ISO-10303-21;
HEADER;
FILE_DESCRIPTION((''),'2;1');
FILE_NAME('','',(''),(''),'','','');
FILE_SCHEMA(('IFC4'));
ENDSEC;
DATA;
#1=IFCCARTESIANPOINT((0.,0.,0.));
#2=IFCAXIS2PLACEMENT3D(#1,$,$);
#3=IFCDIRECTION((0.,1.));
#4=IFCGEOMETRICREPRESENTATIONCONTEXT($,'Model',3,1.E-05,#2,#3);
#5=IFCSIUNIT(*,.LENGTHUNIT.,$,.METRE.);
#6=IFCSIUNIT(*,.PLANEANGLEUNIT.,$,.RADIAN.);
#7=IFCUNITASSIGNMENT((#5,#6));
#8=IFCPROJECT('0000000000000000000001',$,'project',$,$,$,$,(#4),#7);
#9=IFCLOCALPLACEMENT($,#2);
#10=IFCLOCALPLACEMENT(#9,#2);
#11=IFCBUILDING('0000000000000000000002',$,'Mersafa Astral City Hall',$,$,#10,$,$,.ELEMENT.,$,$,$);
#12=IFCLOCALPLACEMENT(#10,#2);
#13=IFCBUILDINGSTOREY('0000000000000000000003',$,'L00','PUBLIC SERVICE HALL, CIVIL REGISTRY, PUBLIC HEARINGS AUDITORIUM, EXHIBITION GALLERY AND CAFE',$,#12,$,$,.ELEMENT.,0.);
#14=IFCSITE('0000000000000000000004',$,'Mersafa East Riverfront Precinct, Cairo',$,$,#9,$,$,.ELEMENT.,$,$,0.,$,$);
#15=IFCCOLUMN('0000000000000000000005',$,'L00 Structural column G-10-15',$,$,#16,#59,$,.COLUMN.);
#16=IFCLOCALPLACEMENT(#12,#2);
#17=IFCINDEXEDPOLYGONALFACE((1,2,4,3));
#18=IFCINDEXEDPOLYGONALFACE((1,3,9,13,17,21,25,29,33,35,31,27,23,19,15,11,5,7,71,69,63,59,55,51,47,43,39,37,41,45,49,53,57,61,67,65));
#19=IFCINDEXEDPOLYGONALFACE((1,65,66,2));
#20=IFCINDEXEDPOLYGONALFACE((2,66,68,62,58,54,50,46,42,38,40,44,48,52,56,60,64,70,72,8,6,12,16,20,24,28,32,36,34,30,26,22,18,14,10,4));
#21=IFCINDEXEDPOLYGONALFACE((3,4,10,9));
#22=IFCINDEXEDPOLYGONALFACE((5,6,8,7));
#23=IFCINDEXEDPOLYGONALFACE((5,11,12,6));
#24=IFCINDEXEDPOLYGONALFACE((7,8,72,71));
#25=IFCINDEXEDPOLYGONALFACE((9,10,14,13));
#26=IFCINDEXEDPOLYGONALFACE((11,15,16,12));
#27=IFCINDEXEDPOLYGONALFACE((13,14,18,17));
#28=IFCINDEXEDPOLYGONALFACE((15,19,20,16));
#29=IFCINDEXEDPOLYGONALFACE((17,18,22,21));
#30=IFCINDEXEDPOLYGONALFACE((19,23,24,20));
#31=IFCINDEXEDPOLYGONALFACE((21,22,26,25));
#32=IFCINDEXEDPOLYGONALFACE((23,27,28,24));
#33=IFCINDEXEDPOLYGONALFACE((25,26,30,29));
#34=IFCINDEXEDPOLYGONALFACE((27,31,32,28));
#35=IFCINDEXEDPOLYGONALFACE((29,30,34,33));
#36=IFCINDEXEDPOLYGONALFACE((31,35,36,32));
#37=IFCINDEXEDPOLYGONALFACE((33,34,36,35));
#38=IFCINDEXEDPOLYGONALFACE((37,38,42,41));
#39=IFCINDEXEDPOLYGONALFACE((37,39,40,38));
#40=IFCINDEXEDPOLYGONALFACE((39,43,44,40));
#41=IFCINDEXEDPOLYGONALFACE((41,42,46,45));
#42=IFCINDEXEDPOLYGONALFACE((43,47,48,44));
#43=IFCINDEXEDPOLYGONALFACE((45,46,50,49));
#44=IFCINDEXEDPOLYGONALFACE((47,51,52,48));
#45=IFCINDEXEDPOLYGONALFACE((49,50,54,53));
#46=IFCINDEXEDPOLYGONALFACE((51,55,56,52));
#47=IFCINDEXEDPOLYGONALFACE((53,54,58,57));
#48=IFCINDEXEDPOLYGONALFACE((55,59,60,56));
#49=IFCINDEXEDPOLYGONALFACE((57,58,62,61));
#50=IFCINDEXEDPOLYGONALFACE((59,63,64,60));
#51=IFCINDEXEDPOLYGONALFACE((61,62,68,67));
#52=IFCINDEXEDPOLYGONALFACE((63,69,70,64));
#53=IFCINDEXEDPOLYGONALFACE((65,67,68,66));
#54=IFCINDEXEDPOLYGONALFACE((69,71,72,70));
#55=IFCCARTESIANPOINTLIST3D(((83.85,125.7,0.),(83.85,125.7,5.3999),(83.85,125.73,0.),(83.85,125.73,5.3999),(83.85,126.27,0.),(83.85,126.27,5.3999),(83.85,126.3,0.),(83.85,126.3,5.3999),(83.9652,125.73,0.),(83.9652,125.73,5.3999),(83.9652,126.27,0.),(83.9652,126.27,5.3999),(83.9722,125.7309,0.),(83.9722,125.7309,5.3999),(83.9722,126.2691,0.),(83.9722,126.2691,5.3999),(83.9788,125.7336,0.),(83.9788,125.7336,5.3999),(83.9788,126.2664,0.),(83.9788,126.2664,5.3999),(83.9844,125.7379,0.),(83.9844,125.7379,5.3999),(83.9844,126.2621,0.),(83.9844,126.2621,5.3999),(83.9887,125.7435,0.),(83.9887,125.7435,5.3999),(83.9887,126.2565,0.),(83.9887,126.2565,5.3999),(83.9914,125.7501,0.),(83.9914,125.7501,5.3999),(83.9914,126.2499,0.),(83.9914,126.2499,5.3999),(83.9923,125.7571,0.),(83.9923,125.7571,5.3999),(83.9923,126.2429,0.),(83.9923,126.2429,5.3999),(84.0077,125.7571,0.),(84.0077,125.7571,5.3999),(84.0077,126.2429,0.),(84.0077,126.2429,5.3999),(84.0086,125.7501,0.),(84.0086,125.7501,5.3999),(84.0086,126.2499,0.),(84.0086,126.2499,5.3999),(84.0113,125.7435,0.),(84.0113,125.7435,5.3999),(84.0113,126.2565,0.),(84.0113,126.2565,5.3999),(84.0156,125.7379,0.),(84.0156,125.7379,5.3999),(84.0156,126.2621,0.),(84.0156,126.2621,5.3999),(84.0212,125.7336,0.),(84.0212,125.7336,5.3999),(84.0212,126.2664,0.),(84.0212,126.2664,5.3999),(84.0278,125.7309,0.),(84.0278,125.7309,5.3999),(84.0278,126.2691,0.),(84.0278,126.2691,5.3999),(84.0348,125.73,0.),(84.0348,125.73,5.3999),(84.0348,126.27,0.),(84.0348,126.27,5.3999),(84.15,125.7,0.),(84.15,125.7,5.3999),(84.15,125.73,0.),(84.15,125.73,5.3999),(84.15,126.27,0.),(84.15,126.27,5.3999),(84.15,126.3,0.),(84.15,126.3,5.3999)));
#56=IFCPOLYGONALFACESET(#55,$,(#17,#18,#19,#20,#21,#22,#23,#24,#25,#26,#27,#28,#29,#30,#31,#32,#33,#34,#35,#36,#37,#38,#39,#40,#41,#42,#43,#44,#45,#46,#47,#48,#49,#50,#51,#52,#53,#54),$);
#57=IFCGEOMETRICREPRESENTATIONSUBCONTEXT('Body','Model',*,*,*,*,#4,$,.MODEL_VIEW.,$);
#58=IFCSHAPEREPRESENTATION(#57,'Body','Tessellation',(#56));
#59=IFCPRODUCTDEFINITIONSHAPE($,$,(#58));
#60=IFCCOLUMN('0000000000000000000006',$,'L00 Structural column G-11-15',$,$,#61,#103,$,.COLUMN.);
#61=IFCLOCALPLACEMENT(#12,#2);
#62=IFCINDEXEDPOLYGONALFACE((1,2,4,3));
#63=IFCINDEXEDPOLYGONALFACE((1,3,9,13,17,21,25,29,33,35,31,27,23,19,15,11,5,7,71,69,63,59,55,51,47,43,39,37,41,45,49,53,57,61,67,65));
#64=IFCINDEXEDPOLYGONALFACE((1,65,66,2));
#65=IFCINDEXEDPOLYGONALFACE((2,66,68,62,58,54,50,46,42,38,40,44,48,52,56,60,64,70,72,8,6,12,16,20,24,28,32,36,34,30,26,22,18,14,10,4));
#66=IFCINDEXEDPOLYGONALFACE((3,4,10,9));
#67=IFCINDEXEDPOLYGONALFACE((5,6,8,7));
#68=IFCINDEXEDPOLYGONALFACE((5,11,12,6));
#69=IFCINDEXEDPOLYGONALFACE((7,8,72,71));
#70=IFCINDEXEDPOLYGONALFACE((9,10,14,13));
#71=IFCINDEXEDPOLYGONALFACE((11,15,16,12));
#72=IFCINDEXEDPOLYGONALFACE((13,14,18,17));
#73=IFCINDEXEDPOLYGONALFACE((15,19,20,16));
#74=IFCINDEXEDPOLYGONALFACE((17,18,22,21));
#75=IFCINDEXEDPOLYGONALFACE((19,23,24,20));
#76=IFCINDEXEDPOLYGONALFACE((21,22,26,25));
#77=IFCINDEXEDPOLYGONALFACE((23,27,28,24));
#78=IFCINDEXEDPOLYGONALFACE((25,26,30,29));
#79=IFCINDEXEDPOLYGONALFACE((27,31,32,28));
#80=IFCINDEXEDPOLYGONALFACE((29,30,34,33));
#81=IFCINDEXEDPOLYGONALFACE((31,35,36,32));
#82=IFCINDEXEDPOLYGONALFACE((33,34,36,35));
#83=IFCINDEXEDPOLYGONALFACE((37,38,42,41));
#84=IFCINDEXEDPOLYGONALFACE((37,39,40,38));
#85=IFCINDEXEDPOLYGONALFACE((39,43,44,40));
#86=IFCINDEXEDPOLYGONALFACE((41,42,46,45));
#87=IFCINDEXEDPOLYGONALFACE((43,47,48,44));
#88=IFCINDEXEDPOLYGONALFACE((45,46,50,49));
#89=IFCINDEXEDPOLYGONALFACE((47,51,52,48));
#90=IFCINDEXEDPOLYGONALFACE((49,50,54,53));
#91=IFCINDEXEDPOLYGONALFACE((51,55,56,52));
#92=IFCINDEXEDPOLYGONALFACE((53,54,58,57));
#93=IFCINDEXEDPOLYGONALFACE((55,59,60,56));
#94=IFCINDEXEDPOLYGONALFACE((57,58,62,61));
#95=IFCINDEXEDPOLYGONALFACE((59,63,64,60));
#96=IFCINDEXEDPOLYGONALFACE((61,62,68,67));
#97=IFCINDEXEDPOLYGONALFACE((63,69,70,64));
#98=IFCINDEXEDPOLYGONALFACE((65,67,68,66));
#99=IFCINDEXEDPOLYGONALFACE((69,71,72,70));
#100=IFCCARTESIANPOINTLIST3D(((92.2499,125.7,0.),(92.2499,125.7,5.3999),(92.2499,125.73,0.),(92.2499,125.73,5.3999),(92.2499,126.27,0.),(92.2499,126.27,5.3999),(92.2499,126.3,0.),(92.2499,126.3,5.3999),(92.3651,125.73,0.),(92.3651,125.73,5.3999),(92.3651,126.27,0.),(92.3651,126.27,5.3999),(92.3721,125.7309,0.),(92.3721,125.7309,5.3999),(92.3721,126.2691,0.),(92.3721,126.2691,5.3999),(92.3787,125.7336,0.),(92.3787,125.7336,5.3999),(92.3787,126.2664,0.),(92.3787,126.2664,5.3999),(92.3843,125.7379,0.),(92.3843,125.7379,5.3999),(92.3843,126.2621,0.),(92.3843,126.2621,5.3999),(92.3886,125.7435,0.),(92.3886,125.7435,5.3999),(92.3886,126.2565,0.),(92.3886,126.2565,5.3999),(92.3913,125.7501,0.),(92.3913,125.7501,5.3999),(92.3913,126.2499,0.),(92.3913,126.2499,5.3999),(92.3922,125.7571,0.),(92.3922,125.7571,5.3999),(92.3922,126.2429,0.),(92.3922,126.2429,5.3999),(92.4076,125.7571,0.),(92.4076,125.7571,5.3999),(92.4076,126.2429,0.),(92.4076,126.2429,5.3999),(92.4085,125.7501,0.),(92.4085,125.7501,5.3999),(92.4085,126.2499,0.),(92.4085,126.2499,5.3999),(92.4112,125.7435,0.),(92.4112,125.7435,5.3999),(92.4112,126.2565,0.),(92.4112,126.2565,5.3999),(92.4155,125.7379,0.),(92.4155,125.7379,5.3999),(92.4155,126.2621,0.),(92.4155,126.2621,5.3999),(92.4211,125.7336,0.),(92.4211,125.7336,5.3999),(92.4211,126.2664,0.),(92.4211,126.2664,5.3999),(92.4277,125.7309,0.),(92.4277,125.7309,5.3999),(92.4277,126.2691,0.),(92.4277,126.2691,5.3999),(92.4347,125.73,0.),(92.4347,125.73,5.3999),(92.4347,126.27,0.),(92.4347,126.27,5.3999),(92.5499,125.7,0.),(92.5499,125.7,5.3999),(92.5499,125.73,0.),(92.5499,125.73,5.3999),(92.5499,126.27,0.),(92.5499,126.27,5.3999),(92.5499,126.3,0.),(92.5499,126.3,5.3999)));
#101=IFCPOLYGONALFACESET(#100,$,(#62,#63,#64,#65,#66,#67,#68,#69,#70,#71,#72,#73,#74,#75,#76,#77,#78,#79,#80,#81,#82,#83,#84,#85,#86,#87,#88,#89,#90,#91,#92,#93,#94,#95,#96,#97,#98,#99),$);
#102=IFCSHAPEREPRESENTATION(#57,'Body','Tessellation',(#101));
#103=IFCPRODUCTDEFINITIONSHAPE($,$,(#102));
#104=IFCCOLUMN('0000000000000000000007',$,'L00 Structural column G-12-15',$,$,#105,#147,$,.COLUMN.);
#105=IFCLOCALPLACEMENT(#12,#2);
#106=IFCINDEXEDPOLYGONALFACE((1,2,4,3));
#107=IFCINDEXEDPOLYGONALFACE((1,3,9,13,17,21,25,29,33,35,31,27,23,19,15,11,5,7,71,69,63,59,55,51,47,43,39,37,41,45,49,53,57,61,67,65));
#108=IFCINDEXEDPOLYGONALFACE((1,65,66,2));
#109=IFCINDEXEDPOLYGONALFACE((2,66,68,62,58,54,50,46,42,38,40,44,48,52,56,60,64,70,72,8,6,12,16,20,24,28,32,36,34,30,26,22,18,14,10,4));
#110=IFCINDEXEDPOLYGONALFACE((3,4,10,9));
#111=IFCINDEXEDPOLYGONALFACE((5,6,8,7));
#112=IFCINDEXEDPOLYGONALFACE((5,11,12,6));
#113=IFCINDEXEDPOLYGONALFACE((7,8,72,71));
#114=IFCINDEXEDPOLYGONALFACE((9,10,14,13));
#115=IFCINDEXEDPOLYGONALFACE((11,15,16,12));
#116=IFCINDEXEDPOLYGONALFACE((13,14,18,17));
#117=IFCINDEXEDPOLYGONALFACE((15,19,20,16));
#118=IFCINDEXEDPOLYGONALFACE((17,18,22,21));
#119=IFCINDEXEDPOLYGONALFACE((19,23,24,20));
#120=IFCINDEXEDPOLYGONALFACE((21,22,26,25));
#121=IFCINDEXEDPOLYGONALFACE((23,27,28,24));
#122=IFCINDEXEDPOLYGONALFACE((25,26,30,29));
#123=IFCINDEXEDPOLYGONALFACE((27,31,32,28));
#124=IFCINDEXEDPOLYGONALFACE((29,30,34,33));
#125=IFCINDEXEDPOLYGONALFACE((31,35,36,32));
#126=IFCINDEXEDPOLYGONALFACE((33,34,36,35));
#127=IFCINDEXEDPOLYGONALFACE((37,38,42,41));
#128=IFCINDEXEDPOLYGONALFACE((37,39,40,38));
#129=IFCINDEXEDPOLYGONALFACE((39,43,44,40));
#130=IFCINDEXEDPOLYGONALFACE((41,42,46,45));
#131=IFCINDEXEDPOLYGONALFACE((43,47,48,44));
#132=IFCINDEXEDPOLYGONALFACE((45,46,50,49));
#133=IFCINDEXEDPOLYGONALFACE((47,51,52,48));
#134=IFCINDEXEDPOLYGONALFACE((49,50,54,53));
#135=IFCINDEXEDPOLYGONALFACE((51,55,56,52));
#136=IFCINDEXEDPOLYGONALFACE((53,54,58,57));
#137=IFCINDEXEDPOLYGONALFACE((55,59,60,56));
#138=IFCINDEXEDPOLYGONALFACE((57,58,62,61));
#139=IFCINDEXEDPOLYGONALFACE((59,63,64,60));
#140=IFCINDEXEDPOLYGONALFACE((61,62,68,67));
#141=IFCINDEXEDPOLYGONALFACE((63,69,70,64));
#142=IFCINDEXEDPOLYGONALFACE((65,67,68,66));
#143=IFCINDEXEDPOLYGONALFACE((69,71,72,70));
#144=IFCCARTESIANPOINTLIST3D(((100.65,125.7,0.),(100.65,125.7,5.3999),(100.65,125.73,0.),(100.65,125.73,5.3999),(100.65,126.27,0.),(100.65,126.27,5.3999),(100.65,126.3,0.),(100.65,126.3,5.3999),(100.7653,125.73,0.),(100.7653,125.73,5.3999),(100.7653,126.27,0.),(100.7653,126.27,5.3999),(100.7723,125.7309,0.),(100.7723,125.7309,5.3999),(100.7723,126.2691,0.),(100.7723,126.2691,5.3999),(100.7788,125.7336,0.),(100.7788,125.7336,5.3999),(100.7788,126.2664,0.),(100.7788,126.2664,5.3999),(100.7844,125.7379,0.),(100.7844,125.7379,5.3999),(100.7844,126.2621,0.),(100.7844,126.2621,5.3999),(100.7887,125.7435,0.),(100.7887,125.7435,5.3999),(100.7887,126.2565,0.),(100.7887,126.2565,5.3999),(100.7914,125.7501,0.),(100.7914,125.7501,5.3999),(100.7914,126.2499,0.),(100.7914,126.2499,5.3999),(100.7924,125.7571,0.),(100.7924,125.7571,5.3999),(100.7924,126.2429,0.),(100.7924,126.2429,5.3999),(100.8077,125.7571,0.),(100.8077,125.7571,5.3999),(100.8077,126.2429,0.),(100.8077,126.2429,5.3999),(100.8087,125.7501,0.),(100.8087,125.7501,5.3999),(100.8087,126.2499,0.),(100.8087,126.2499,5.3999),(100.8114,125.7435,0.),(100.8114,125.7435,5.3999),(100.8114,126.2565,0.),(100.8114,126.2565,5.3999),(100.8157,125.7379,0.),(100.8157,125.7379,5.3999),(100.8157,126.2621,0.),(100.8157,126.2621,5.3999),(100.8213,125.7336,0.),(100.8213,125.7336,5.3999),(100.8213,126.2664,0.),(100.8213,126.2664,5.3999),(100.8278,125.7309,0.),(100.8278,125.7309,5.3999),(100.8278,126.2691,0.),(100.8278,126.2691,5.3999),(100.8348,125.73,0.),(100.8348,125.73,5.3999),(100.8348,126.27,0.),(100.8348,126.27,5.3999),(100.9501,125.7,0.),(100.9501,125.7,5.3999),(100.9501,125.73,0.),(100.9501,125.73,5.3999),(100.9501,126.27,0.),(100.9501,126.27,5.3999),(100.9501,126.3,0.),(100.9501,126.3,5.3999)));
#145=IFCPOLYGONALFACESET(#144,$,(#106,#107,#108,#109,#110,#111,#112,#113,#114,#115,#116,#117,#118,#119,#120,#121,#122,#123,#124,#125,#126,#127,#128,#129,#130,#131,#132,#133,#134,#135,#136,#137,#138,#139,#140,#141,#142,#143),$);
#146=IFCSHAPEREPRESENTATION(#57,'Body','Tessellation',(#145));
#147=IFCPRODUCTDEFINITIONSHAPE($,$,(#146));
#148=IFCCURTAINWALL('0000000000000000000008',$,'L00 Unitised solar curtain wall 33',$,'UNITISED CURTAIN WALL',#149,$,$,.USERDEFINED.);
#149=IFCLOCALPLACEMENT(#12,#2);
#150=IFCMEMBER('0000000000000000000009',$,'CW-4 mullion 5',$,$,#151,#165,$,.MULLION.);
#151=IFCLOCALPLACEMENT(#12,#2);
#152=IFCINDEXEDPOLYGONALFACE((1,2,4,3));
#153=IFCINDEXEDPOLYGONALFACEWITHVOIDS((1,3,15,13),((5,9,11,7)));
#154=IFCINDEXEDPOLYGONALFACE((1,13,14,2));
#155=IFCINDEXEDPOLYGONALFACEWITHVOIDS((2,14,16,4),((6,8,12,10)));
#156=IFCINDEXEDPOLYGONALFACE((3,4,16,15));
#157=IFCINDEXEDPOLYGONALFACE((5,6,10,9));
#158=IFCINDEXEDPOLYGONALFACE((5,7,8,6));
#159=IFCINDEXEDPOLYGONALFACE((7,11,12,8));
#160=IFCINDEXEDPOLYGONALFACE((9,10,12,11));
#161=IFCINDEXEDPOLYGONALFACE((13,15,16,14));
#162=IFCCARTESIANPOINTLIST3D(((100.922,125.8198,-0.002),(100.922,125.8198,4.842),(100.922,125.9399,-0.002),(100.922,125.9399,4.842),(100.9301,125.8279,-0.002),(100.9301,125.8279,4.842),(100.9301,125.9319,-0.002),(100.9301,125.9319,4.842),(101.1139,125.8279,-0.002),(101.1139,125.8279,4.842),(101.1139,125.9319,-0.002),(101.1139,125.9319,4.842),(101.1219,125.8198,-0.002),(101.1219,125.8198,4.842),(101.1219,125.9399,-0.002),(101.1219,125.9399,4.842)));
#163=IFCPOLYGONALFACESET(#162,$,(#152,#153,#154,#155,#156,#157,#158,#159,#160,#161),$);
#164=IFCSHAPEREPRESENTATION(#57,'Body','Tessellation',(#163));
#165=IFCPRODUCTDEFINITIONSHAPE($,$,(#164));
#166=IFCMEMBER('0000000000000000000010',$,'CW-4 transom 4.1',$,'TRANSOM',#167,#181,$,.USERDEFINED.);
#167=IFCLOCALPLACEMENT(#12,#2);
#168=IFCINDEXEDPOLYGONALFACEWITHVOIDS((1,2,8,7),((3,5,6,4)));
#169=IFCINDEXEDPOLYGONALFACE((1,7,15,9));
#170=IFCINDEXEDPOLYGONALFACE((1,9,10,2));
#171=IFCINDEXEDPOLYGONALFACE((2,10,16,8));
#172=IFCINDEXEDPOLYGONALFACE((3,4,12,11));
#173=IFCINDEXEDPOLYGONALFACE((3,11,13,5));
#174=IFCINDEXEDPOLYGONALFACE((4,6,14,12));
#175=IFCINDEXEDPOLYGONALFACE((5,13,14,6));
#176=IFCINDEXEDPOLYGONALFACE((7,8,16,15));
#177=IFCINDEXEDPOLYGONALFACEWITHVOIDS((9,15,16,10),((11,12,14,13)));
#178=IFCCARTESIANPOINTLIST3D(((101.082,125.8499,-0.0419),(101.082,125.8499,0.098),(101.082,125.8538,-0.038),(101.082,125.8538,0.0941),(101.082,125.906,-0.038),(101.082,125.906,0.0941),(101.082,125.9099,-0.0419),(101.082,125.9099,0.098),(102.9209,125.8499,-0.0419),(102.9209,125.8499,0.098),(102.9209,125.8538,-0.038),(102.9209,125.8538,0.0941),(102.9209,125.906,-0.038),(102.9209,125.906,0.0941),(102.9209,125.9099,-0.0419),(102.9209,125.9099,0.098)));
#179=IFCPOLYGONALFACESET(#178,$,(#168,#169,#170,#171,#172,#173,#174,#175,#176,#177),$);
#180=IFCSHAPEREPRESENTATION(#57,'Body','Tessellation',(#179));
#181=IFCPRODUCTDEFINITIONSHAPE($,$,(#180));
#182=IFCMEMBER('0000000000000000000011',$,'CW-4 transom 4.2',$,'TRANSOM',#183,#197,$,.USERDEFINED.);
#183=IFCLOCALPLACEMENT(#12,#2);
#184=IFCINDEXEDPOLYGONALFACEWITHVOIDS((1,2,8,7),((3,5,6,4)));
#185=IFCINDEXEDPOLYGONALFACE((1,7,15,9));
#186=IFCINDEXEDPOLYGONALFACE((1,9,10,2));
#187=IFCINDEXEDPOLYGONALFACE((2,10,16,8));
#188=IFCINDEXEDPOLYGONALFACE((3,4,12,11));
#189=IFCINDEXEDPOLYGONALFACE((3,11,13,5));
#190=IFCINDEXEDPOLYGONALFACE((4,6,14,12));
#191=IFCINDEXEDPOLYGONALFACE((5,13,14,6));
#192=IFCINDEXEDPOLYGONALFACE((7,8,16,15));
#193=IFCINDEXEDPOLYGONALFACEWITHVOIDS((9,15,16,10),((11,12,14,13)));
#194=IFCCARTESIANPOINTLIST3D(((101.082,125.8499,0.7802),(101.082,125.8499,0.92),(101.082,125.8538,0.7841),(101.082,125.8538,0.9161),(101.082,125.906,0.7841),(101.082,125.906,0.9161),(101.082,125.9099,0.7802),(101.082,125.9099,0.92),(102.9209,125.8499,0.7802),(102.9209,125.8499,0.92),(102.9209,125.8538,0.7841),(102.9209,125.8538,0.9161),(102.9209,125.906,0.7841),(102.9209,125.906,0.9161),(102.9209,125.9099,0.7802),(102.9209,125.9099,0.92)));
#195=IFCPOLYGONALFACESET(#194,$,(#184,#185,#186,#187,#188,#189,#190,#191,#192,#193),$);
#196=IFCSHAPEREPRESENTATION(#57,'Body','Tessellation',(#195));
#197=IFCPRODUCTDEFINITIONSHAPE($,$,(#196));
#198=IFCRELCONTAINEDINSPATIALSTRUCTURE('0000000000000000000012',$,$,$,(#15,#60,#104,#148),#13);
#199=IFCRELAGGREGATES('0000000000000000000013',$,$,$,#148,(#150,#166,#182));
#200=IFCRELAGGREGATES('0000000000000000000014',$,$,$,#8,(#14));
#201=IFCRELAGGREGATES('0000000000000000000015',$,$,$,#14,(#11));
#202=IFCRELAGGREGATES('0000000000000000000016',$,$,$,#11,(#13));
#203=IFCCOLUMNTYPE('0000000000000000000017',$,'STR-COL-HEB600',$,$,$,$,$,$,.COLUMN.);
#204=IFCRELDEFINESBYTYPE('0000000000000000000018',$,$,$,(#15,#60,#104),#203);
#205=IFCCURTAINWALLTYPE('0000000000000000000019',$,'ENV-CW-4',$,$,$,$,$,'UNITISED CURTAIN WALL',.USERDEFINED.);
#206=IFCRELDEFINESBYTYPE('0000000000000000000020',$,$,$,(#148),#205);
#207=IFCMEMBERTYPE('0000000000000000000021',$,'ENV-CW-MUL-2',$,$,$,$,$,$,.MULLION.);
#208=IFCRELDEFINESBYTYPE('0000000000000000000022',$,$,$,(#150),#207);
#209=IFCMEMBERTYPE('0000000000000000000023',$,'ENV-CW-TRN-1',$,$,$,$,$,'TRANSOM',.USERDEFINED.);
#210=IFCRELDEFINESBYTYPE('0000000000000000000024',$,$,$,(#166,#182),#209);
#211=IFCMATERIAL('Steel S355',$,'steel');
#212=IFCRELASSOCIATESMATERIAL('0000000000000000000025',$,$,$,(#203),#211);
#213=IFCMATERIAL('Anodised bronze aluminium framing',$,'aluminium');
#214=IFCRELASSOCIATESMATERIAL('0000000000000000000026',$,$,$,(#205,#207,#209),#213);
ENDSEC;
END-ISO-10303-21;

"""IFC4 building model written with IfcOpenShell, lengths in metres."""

from ifc_helpers import new_model, si_unit, direction, frame, origin, origin_2d, place, context, subcontext, project, spatial, hollow_rectangle, i_section, extrude, material, material_profile, profile_set, type_object, element, aggregate, save


model = new_model("IFC4")

# Units and contexts
model_context = context("Model", 3, precision=1e-05, world=origin(), true_north=direction((0.0, 1.0)))
body_context = subcontext(model_context, "Body", "Model", "MODEL_VIEW")
ifc_project = project(units=[si_unit("LENGTHUNIT", "METRE"), si_unit("PLANEANGLEUNIT", "RADIAN")], contexts=[model_context])

# Site, building, storey
site_placement = place(None, origin())
site = spatial("IfcSite", under=ifc_project, at=site_placement, Name="Mersafa East Riverfront Precinct, Cairo", CompositionType="ELEMENT", RefElevation=0.0)
building_placement = place(site_placement, origin())
building = spatial("IfcBuilding", under=site, at=building_placement, Name="Mersafa Astral City Hall", CompositionType="ELEMENT")
storey_placement = place(building_placement, origin())
storey = spatial("IfcBuildingStorey", under=building, at=storey_placement, Name="L00", Description="PUBLIC SERVICE HALL, CIVIL REGISTRY, PUBLIC HEARINGS AUDITORIUM, EXHIBITION GALLERY AND CAFE", CompositionType="ELEMENT", Elevation=0.0)

# Columns
ifc_material_1 = material(Name="Steel S355", Category="steel")
ifc_material_profile_1 = material_profile(ifc_material_1, i_section(OverallWidth=0.3, OverallDepth=0.6001, WebThickness=0.0154, FlangeThickness=0.03, FilletRadius=0.0271, at=origin_2d()), Name="HEB 600")
ifc_profile_set_1 = profile_set([ifc_material_profile_1], Name="Steel S355")
column_type = type_object("IfcColumnType", Name="STR-COL-HEB600", PredefinedType="COLUMN", material=ifc_profile_set_1)
for number, where, z_axis, x_axis, name in (
    (1, (84.0, 126.0, 0.0), (0.0, 0.0, 1.0), (1.0, 0.0, 0.0), "L00 Structural column G-10-15"),
    (2, (92.3999, 126.0, 0.0), (0.0, 0.0, 1.0), (1.0, 0.0, 0.0), "L00 Structural column G-11-15"),
    (3, (100.8, 126.0, 0.0), (0.0, 0.0, 1.0), (1.0, 0.0, 0.0), "L00 Structural column G-12-15"),
):
    element("IfcColumn", number, at=place(storey_placement, frame(where, z_axis=z_axis, x_axis=x_axis)), inside=storey, type_object=column_type, Name=name, PredefinedType="COLUMN", context=body_context, shape_type="SweptSolid", body=[
        extrude(i_section(OverallWidth=0.3, OverallDepth=0.6001, WebThickness=0.0154, FlangeThickness=0.03, FilletRadius=0.0271, at=origin_2d()), origin(), (0.0, 0.0, 1.0), 5.3999),
    ])

# Curtain wall, members
ifc_material_2 = material(Name="Anodised bronze aluminium framing", Category="aluminium")
curtain_wall_type = type_object("IfcCurtainWallType", Name="ENV-CW-4", ElementType="UNITISED CURTAIN WALL", PredefinedType="USERDEFINED", material=ifc_material_2)
curtain_wall_placement = place(storey_placement, origin())
curtain_wall = element("IfcCurtainWall", 4, at=curtain_wall_placement, inside=storey, type_object=curtain_wall_type, Name="L00 Unitised solar curtain wall 33", ObjectType="UNITISED CURTAIN WALL", PredefinedType="USERDEFINED")
ifc_material_profile_2 = material_profile(ifc_material_2, hollow_rectangle(XDim=0.1201, YDim=0.2, WallThickness=0.0081, at=origin_2d()), Name="RHS 120x200x8")
ifc_profile_set_2 = profile_set([ifc_material_profile_2], Name="Anodised bronze aluminium framing")
member_type_1 = type_object("IfcMemberType", Name="ENV-CW-MUL-2", PredefinedType="MULLION", material=ifc_profile_set_2)
member_1_placement = place(storey_placement, frame((101.022, 125.8799, -0.002), z_axis=(0.0, 0.0, 1.0), x_axis=(0.0, -1.0, 0.0)))
member_1 = element("IfcMember", 5, at=member_1_placement, type_object=member_type_1, Name="CW-4 mullion 5", PredefinedType="MULLION", context=body_context, shape_type="SweptSolid", body=[
    extrude(hollow_rectangle(XDim=0.1201, YDim=0.2, WallThickness=0.0081, at=origin_2d()), origin(), (0.0, 0.0, 1.0), 4.844),
])
ifc_material_profile_3 = material_profile(ifc_material_2, hollow_rectangle(XDim=0.0601, YDim=0.1399, WallThickness=0.0039, at=origin_2d()), Name="RHS 60x140x4")
ifc_profile_set_3 = profile_set([ifc_material_profile_3], Name="Anodised bronze aluminium framing")
member_type_2 = type_object("IfcMemberType", Name="ENV-CW-TRN-1", ElementType="TRANSOM", PredefinedType="USERDEFINED", material=ifc_profile_set_3)
member_2_placement = place(storey_placement, frame((102.9209, 125.8799, 0.0281), z_axis=(-1.0, 0.0, 0.0), x_axis=(0.0, -1.0, 0.0)))
member_2 = element("IfcMember", 6, at=member_2_placement, type_object=member_type_2, Name="CW-4 transom 4.1", ObjectType="TRANSOM", PredefinedType="USERDEFINED", context=body_context, shape_type="SweptSolid", body=[
    extrude(hollow_rectangle(XDim=0.0601, YDim=0.1399, WallThickness=0.0039, at=origin_2d()), origin(), (0.0, 0.0, 1.0), 1.8389),
])
member_3_placement = place(storey_placement, frame((102.9209, 125.8799, 0.8501), z_axis=(-1.0, 0.0, 0.0), x_axis=(0.0, -1.0, 0.0)))
member_3 = element("IfcMember", 7, at=member_3_placement, type_object=member_type_2, Name="CW-4 transom 4.2", ObjectType="TRANSOM", PredefinedType="USERDEFINED", context=body_context, shape_type="SweptSolid", body=[
    extrude(hollow_rectangle(XDim=0.0601, YDim=0.1399, WallThickness=0.0039, at=origin_2d()), origin(), (0.0, 0.0, 1.0), 1.8389),
])

aggregate(curtain_wall, [member_1, member_2, member_3])

save(model, "model.ifc")
